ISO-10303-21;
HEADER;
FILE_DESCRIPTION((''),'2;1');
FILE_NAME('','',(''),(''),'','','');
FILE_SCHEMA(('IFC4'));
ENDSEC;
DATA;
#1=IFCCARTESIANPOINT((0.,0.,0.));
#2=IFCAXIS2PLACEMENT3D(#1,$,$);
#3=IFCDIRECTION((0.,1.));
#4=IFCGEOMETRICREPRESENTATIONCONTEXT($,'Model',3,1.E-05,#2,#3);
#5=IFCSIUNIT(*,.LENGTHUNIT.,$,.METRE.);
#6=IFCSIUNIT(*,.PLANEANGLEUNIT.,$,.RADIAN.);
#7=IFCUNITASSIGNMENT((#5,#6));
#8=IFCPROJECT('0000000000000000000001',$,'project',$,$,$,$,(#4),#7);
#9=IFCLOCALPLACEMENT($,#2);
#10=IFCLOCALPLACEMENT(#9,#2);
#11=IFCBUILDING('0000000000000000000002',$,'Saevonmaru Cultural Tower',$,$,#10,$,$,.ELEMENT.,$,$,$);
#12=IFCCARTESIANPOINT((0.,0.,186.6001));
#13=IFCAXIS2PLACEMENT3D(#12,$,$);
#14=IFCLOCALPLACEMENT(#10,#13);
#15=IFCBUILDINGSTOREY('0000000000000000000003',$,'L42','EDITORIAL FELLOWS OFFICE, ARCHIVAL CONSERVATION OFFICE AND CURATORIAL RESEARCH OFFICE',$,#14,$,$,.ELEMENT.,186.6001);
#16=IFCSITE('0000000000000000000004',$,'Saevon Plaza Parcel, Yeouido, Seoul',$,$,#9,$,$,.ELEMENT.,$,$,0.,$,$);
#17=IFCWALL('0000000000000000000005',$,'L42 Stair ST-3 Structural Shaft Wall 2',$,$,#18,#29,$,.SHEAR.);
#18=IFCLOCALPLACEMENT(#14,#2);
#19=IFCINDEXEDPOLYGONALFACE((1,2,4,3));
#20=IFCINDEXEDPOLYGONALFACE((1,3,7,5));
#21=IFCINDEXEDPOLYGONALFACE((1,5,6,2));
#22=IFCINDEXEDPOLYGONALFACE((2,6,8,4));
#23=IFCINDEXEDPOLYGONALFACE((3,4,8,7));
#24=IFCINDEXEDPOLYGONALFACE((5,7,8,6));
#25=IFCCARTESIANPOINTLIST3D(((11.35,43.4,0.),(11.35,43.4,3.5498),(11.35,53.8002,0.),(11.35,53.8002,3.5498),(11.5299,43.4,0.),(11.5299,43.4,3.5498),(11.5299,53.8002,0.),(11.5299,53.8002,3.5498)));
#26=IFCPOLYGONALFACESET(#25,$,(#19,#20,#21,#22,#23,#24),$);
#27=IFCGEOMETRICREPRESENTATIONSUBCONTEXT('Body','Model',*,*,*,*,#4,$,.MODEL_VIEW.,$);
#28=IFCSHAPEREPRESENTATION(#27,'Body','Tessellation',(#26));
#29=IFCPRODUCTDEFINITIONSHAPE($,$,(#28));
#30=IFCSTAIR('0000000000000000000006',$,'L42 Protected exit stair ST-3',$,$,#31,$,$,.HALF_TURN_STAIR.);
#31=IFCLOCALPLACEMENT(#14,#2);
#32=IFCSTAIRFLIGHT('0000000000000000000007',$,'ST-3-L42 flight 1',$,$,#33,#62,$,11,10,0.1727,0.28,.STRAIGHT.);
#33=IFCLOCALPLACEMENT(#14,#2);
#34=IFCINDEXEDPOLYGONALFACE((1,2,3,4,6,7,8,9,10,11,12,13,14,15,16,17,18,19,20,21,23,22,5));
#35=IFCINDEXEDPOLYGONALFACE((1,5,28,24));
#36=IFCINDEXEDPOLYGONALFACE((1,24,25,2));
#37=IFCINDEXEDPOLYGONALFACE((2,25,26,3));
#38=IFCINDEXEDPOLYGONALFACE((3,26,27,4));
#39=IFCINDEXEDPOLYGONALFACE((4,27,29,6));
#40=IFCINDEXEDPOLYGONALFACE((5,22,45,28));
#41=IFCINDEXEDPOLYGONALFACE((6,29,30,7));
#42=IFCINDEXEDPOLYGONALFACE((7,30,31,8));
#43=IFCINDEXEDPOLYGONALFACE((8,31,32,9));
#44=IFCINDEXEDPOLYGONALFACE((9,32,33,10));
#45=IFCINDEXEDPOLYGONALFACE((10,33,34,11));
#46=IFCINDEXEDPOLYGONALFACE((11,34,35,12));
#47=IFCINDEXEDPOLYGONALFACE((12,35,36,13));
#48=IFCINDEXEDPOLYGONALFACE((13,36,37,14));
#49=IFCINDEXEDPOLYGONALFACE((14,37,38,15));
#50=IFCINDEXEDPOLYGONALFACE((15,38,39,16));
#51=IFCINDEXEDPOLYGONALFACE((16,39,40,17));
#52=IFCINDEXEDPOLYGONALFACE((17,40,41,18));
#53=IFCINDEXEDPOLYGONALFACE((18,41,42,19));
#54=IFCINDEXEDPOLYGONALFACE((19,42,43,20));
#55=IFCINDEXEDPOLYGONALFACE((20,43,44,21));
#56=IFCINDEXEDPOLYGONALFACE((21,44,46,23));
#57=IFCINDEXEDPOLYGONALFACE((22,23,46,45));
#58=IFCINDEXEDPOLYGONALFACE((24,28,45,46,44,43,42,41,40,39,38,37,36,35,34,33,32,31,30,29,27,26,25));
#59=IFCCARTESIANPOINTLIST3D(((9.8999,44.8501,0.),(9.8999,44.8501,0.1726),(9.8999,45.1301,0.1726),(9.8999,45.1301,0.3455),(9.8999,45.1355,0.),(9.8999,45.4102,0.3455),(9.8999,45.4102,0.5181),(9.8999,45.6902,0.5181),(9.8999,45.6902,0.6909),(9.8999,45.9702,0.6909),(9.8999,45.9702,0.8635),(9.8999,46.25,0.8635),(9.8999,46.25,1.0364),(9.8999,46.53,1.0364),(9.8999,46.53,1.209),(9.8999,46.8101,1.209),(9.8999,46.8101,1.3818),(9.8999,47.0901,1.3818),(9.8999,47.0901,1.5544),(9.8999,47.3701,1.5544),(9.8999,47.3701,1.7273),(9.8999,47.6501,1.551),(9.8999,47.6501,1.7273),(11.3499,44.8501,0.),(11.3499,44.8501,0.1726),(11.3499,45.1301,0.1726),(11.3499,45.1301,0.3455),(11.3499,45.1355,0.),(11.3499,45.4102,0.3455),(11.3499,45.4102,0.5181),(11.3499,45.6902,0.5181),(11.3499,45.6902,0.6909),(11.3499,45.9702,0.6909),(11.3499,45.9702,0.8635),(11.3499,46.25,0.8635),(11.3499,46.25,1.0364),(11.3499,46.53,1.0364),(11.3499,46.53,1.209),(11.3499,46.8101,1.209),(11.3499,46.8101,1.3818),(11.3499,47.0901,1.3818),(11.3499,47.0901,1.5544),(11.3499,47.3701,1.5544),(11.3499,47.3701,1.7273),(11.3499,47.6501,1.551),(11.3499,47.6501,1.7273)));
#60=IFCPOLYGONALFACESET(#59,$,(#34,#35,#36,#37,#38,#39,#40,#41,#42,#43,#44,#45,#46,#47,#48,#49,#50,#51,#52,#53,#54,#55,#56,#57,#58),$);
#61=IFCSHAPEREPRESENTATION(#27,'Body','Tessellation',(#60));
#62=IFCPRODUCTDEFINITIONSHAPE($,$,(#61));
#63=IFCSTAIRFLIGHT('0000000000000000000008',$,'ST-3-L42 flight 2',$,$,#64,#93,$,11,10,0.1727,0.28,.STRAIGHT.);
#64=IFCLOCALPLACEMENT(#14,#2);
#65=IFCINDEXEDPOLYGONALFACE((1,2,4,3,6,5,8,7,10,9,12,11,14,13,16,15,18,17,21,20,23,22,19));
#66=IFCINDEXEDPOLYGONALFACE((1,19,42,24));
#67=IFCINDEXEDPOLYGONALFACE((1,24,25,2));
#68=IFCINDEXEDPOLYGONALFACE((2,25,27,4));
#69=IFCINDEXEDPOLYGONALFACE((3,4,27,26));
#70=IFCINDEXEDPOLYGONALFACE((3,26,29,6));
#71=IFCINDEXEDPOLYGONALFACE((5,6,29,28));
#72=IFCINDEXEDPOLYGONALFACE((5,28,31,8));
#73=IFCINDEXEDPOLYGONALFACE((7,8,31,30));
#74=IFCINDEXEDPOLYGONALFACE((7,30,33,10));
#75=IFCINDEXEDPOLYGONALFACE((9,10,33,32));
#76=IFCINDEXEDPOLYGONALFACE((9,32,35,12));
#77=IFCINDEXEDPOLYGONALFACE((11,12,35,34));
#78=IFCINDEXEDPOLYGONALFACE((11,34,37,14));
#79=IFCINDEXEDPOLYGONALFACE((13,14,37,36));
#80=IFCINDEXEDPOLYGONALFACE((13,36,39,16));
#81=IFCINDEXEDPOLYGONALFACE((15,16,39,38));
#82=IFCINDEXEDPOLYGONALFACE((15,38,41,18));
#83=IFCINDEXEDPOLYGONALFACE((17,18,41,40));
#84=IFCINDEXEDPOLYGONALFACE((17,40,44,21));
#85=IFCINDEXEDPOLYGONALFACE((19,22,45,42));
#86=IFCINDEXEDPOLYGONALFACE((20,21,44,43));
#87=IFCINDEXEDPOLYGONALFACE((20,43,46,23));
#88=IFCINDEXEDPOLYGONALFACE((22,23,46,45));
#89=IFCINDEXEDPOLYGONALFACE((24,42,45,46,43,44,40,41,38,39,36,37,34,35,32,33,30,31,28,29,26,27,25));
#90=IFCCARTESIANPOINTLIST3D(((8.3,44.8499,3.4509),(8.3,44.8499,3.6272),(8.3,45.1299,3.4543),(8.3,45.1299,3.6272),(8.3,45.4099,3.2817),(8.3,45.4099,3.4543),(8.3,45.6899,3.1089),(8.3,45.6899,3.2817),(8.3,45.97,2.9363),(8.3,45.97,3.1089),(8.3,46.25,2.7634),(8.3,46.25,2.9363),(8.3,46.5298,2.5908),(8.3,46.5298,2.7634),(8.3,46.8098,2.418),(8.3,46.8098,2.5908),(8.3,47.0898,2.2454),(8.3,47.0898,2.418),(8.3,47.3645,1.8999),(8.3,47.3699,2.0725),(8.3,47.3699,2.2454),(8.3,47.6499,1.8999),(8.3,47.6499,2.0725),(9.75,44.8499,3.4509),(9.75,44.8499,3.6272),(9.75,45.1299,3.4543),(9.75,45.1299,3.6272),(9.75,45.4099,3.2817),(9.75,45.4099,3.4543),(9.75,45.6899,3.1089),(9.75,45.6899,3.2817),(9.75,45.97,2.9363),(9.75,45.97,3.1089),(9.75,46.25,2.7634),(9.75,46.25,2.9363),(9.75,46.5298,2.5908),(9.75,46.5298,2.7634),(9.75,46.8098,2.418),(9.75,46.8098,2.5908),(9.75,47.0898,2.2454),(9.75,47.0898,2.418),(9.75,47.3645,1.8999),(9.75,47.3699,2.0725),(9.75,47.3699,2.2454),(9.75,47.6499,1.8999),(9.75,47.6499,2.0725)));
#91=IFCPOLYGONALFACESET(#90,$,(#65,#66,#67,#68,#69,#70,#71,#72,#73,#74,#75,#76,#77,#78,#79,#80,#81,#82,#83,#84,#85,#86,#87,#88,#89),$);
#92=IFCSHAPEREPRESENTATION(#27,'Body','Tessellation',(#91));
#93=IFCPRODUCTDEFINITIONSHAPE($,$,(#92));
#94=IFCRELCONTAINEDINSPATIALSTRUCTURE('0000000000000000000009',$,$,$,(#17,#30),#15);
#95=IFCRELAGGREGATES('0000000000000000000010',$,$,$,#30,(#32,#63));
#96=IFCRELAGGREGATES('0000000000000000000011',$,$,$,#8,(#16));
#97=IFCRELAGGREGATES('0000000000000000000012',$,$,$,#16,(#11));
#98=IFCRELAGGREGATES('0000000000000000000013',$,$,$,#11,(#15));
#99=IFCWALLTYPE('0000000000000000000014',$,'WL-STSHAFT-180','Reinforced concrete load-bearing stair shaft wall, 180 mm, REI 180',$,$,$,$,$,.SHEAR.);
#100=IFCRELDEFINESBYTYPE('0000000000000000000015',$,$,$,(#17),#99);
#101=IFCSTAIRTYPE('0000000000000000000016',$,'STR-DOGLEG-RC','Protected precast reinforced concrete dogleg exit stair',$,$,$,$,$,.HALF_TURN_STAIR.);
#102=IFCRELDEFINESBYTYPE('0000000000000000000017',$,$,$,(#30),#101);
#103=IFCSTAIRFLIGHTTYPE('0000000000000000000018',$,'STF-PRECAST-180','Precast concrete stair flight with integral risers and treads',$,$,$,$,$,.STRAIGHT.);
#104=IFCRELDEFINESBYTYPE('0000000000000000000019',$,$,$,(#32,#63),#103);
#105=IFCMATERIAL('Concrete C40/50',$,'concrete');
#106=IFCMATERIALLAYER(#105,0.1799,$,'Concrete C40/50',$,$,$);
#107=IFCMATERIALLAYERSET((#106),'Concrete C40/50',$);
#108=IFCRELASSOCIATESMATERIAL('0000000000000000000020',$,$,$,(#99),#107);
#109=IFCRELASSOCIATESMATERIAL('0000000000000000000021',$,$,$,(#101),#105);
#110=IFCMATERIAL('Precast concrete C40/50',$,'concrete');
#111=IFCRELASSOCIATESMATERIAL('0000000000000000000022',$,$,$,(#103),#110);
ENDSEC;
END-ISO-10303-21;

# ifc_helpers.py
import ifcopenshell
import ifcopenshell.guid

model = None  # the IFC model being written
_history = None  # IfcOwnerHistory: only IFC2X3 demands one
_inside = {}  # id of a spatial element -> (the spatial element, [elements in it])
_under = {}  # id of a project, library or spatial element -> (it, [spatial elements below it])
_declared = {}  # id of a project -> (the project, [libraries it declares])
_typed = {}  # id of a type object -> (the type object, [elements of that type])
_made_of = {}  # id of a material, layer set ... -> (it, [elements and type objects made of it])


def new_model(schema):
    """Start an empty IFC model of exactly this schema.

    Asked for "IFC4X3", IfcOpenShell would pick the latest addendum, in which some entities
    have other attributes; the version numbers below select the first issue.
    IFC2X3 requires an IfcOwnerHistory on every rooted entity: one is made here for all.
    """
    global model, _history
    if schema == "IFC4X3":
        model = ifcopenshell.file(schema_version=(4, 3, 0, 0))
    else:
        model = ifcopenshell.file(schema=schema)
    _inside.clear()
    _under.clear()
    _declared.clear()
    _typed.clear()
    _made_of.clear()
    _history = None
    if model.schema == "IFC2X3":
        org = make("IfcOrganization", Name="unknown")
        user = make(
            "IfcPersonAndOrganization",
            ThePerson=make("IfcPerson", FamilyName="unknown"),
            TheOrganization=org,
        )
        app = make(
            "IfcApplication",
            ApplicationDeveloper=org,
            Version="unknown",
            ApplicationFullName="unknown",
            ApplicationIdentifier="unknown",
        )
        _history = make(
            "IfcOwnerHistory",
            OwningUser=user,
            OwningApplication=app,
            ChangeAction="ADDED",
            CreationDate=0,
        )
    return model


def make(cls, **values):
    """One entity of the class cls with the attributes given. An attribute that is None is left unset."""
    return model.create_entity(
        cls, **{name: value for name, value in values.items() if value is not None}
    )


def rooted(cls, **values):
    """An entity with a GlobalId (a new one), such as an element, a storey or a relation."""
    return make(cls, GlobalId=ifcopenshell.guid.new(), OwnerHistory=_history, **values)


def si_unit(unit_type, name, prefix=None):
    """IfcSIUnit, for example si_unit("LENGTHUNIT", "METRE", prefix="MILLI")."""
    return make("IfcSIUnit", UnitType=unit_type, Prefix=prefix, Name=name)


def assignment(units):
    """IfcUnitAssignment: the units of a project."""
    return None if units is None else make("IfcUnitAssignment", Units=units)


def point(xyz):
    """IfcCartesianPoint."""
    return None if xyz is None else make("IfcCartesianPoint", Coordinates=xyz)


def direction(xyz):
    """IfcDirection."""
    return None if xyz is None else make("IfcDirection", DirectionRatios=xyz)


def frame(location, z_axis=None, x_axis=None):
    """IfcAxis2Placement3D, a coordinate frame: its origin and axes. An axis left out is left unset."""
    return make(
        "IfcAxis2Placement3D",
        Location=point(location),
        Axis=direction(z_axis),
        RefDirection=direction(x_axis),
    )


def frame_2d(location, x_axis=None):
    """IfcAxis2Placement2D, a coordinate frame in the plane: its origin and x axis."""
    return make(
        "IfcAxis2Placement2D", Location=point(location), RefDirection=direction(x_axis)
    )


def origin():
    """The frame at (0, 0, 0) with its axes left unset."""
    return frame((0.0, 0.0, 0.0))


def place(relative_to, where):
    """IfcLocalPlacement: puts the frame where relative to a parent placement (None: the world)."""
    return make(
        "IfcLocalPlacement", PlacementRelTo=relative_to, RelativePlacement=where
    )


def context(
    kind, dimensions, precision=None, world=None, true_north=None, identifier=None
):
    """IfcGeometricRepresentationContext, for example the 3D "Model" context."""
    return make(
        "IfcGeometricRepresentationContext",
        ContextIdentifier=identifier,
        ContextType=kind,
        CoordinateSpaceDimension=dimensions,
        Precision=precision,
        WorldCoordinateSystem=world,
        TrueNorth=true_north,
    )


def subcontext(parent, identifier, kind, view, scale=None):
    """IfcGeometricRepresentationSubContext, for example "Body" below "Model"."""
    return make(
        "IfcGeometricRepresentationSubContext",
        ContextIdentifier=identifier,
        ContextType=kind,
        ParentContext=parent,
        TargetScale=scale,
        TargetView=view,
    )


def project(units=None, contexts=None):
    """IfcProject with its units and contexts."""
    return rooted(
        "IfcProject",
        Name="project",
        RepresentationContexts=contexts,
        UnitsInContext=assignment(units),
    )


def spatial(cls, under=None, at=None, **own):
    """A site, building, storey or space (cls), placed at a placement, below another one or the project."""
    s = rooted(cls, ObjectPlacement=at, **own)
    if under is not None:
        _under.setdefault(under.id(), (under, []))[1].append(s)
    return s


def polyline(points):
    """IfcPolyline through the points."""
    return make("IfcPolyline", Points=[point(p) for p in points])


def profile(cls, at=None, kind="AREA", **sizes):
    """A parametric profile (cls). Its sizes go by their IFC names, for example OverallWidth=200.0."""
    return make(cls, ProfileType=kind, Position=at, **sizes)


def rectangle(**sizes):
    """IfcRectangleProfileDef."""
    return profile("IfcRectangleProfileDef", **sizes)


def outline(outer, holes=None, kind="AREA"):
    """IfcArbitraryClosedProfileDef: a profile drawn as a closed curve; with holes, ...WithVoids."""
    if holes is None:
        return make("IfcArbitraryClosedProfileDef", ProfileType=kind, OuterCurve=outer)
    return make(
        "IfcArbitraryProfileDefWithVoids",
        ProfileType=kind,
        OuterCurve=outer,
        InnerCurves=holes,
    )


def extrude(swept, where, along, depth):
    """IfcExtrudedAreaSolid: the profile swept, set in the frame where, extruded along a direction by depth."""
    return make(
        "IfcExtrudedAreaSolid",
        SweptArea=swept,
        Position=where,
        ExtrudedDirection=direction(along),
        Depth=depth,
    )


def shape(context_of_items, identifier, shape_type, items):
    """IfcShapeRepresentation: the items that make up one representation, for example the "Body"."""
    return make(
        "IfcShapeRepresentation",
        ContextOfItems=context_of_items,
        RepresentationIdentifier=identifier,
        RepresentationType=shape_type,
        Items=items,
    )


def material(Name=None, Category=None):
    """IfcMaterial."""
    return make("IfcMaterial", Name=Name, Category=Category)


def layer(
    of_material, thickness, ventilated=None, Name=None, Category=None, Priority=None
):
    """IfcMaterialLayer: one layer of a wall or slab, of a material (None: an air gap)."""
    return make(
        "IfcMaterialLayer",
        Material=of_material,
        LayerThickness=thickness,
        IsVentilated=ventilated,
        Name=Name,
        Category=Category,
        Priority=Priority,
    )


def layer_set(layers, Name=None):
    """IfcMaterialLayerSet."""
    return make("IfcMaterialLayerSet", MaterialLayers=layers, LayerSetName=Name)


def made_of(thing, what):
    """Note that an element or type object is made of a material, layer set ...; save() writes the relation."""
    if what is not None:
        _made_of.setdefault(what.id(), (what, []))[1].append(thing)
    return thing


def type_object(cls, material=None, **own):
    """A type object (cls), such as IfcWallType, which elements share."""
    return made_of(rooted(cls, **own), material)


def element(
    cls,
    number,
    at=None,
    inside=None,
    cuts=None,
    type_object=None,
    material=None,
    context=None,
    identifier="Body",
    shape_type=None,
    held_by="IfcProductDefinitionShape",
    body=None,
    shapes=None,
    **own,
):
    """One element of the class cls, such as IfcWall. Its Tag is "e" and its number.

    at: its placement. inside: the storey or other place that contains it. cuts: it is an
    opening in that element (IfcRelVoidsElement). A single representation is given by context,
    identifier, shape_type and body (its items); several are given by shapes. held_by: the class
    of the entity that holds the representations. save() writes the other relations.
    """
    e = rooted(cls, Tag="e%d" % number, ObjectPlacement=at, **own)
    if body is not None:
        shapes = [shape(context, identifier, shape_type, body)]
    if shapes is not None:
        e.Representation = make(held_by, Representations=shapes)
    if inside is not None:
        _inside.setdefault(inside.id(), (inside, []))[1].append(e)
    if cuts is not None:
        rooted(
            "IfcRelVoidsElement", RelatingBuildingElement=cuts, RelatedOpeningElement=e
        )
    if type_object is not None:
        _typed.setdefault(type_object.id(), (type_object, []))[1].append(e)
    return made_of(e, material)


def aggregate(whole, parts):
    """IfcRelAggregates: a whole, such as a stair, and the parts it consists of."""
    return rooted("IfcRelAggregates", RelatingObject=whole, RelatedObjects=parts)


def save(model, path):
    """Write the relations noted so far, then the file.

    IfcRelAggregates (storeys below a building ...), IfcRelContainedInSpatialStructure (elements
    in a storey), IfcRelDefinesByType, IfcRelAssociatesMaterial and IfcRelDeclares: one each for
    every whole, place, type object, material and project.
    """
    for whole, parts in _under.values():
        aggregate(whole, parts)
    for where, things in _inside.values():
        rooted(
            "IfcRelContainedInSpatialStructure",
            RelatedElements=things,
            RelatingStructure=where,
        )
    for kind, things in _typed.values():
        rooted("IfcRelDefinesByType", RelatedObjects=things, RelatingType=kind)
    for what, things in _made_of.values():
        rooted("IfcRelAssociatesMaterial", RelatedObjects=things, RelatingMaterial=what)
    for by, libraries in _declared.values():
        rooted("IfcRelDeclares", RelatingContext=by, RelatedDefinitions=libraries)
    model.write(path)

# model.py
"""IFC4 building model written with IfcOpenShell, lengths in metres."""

from ifc_helpers import new_model, si_unit, direction, frame, frame_2d, origin, place, context, subcontext, project, spatial, polyline, rectangle, outline, extrude, material, layer, layer_set, type_object, element, aggregate, save


model = new_model("IFC4")

# Units and contexts
model_context = context("Model", 3, precision=1e-05, world=origin(), true_north=direction((0.0, 1.0)))
body_context = subcontext(model_context, "Body", "Model", "MODEL_VIEW")
ifc_project = project(units=[si_unit("LENGTHUNIT", "METRE"), si_unit("PLANEANGLEUNIT", "RADIAN")], contexts=[model_context])

# Site, building, storey
site_placement = place(None, origin())
site = spatial("IfcSite", under=ifc_project, at=site_placement, Name="Saevon Plaza Parcel, Yeouido, Seoul", CompositionType="ELEMENT", RefElevation=0.0)
building_placement = place(site_placement, origin())
building = spatial("IfcBuilding", under=site, at=building_placement, Name="Saevonmaru Cultural Tower", CompositionType="ELEMENT")
storey_placement = place(building_placement, frame((0.0, 0.0, 186.6001)))
storey = spatial("IfcBuildingStorey", under=building, at=storey_placement, Name="L42", Description="EDITORIAL FELLOWS OFFICE, ARCHIVAL CONSERVATION OFFICE AND CURATORIAL RESEARCH OFFICE", CompositionType="ELEMENT", Elevation=186.6001)

# Shared definitions
ifc_material_1 = material(Name="Concrete C40/50", Category="concrete")
ifc_layer_1 = layer(ifc_material_1, 0.1799, Name="Concrete C40/50")
ifc_layer_set_1 = layer_set([ifc_layer_1], Name="Concrete C40/50")
wall_type_1 = type_object("IfcWallType", Name="WL-STSHAFT-180", Description="Reinforced concrete load-bearing stair shaft wall, 180 mm, REI 180", PredefinedType="SHEAR", material=ifc_layer_set_1)

# Wall
wall_1_placement = place(storey_placement, frame((11.4399, 43.3999, 0.0), z_axis=(0.0, 0.0, 1.0), x_axis=(0.0, 1.0, 0.0)))
element("IfcWall", 1, at=wall_1_placement, inside=storey, type_object=wall_type_1, Name="L42 Stair ST-3 Structural Shaft Wall 2", PredefinedType="SHEAR", context=body_context, shape_type="SweptSolid", body=[
    extrude(rectangle(XDim=10.4001, YDim=0.1799, at=frame_2d((5.2002, 0.0))), origin(), (0.0, 0.0, 1.0), 3.5498),
])

# Stair, stair flights
stair_type = type_object("IfcStairType", Name="STR-DOGLEG-RC", Description="Protected precast reinforced concrete dogleg exit stair", PredefinedType="HALF_TURN_STAIR", material=ifc_material_1)
stair_placement = place(storey_placement, origin())
stair = element("IfcStair", 2, at=stair_placement, inside=storey, type_object=stair_type, Name="L42 Protected exit stair ST-3", PredefinedType="HALF_TURN_STAIR")
ifc_material_2 = material(Name="Precast concrete C40/50", Category="concrete")
stair_flight_type = type_object("IfcStairFlightType", Name="STF-PRECAST-180", Description="Precast concrete stair flight with integral risers and treads", PredefinedType="STRAIGHT", material=ifc_material_2)
stair_flight_1_placement = place(storey_placement, frame((10.625, 44.8501, 0.0), z_axis=(0.0, 0.0, 1.0), x_axis=(0.0, 1.0, 0.0)))
stair_flight_1 = element("IfcStairFlight", 3, at=stair_flight_1_placement, type_object=stair_flight_type, Name="ST-3-L42 flight 1", NumberOfRisers=11, NumberOfTreads=10, PredefinedType="STRAIGHT", RiserHeight=0.1727, TreadLength=0.28, context=body_context, shape_type="SweptSolid", body=[
    extrude(outline(polyline([(0.0, 0.0), (0.0, 0.1726), (0.28, 0.1726), (0.28, 0.3455), (0.5601, 0.3455), (0.5601, 0.5181), (0.8401, 0.5181), (0.8401, 0.6909), (1.1201, 0.6909), (1.1201, 0.8635), (1.3999, 0.8635), (1.3999, 1.0364), (1.6799, 1.0364), (1.6799, 1.209), (1.96, 1.209), (1.96, 1.3818), (2.24, 1.3818), (2.24, 1.5544), (2.52, 1.5544), (2.52, 1.7273), (2.8, 1.7273), (2.8, 1.8999), (2.8, 1.551), (0.2854, 0.0), (0.0, 0.0)])), frame((0.0, 0.7251, 0.0), z_axis=(0.0, -1.0, 0.0), x_axis=(1.0, 0.0, 0.0)), (0.0, 0.0, 1.0), 1.45),
])
stair_flight_2_placement = place(storey_placement, frame((9.0249, 47.6499, 1.8999), z_axis=(0.0, 0.0, 1.0), x_axis=(0.0, -1.0, 0.0)))
stair_flight_2 = element("IfcStairFlight", 4, at=stair_flight_2_placement, type_object=stair_flight_type, Name="ST-3-L42 flight 2", NumberOfRisers=11, NumberOfTreads=10, PredefinedType="STRAIGHT", RiserHeight=0.1727, TreadLength=0.28, context=body_context, shape_type="SweptSolid", body=[
    extrude(outline(polyline([(0.0, 0.0), (0.0, 0.1726), (0.28, 0.1726), (0.28, 0.3455), (0.5601, 0.3455), (0.5601, 0.5181), (0.8401, 0.5181), (0.8401, 0.6909), (1.1201, 0.6909), (1.1201, 0.8635), (1.3999, 0.8635), (1.3999, 1.0364), (1.6799, 1.0364), (1.6799, 1.209), (1.96, 1.209), (1.96, 1.3818), (2.24, 1.3818), (2.24, 1.5544), (2.52, 1.5544), (2.52, 1.7273), (2.8, 1.7273), (2.8, 1.8999), (2.8, 1.551), (0.2854, 0.0), (0.0, 0.0)])), frame((0.0, 0.7251, 0.0), z_axis=(0.0, -1.0, 0.0), x_axis=(1.0, 0.0, 0.0)), (0.0, 0.0, 1.0), 1.45),
])
aggregate(stair, [stair_flight_1, stair_flight_2])

save(model, "model.ifc")
